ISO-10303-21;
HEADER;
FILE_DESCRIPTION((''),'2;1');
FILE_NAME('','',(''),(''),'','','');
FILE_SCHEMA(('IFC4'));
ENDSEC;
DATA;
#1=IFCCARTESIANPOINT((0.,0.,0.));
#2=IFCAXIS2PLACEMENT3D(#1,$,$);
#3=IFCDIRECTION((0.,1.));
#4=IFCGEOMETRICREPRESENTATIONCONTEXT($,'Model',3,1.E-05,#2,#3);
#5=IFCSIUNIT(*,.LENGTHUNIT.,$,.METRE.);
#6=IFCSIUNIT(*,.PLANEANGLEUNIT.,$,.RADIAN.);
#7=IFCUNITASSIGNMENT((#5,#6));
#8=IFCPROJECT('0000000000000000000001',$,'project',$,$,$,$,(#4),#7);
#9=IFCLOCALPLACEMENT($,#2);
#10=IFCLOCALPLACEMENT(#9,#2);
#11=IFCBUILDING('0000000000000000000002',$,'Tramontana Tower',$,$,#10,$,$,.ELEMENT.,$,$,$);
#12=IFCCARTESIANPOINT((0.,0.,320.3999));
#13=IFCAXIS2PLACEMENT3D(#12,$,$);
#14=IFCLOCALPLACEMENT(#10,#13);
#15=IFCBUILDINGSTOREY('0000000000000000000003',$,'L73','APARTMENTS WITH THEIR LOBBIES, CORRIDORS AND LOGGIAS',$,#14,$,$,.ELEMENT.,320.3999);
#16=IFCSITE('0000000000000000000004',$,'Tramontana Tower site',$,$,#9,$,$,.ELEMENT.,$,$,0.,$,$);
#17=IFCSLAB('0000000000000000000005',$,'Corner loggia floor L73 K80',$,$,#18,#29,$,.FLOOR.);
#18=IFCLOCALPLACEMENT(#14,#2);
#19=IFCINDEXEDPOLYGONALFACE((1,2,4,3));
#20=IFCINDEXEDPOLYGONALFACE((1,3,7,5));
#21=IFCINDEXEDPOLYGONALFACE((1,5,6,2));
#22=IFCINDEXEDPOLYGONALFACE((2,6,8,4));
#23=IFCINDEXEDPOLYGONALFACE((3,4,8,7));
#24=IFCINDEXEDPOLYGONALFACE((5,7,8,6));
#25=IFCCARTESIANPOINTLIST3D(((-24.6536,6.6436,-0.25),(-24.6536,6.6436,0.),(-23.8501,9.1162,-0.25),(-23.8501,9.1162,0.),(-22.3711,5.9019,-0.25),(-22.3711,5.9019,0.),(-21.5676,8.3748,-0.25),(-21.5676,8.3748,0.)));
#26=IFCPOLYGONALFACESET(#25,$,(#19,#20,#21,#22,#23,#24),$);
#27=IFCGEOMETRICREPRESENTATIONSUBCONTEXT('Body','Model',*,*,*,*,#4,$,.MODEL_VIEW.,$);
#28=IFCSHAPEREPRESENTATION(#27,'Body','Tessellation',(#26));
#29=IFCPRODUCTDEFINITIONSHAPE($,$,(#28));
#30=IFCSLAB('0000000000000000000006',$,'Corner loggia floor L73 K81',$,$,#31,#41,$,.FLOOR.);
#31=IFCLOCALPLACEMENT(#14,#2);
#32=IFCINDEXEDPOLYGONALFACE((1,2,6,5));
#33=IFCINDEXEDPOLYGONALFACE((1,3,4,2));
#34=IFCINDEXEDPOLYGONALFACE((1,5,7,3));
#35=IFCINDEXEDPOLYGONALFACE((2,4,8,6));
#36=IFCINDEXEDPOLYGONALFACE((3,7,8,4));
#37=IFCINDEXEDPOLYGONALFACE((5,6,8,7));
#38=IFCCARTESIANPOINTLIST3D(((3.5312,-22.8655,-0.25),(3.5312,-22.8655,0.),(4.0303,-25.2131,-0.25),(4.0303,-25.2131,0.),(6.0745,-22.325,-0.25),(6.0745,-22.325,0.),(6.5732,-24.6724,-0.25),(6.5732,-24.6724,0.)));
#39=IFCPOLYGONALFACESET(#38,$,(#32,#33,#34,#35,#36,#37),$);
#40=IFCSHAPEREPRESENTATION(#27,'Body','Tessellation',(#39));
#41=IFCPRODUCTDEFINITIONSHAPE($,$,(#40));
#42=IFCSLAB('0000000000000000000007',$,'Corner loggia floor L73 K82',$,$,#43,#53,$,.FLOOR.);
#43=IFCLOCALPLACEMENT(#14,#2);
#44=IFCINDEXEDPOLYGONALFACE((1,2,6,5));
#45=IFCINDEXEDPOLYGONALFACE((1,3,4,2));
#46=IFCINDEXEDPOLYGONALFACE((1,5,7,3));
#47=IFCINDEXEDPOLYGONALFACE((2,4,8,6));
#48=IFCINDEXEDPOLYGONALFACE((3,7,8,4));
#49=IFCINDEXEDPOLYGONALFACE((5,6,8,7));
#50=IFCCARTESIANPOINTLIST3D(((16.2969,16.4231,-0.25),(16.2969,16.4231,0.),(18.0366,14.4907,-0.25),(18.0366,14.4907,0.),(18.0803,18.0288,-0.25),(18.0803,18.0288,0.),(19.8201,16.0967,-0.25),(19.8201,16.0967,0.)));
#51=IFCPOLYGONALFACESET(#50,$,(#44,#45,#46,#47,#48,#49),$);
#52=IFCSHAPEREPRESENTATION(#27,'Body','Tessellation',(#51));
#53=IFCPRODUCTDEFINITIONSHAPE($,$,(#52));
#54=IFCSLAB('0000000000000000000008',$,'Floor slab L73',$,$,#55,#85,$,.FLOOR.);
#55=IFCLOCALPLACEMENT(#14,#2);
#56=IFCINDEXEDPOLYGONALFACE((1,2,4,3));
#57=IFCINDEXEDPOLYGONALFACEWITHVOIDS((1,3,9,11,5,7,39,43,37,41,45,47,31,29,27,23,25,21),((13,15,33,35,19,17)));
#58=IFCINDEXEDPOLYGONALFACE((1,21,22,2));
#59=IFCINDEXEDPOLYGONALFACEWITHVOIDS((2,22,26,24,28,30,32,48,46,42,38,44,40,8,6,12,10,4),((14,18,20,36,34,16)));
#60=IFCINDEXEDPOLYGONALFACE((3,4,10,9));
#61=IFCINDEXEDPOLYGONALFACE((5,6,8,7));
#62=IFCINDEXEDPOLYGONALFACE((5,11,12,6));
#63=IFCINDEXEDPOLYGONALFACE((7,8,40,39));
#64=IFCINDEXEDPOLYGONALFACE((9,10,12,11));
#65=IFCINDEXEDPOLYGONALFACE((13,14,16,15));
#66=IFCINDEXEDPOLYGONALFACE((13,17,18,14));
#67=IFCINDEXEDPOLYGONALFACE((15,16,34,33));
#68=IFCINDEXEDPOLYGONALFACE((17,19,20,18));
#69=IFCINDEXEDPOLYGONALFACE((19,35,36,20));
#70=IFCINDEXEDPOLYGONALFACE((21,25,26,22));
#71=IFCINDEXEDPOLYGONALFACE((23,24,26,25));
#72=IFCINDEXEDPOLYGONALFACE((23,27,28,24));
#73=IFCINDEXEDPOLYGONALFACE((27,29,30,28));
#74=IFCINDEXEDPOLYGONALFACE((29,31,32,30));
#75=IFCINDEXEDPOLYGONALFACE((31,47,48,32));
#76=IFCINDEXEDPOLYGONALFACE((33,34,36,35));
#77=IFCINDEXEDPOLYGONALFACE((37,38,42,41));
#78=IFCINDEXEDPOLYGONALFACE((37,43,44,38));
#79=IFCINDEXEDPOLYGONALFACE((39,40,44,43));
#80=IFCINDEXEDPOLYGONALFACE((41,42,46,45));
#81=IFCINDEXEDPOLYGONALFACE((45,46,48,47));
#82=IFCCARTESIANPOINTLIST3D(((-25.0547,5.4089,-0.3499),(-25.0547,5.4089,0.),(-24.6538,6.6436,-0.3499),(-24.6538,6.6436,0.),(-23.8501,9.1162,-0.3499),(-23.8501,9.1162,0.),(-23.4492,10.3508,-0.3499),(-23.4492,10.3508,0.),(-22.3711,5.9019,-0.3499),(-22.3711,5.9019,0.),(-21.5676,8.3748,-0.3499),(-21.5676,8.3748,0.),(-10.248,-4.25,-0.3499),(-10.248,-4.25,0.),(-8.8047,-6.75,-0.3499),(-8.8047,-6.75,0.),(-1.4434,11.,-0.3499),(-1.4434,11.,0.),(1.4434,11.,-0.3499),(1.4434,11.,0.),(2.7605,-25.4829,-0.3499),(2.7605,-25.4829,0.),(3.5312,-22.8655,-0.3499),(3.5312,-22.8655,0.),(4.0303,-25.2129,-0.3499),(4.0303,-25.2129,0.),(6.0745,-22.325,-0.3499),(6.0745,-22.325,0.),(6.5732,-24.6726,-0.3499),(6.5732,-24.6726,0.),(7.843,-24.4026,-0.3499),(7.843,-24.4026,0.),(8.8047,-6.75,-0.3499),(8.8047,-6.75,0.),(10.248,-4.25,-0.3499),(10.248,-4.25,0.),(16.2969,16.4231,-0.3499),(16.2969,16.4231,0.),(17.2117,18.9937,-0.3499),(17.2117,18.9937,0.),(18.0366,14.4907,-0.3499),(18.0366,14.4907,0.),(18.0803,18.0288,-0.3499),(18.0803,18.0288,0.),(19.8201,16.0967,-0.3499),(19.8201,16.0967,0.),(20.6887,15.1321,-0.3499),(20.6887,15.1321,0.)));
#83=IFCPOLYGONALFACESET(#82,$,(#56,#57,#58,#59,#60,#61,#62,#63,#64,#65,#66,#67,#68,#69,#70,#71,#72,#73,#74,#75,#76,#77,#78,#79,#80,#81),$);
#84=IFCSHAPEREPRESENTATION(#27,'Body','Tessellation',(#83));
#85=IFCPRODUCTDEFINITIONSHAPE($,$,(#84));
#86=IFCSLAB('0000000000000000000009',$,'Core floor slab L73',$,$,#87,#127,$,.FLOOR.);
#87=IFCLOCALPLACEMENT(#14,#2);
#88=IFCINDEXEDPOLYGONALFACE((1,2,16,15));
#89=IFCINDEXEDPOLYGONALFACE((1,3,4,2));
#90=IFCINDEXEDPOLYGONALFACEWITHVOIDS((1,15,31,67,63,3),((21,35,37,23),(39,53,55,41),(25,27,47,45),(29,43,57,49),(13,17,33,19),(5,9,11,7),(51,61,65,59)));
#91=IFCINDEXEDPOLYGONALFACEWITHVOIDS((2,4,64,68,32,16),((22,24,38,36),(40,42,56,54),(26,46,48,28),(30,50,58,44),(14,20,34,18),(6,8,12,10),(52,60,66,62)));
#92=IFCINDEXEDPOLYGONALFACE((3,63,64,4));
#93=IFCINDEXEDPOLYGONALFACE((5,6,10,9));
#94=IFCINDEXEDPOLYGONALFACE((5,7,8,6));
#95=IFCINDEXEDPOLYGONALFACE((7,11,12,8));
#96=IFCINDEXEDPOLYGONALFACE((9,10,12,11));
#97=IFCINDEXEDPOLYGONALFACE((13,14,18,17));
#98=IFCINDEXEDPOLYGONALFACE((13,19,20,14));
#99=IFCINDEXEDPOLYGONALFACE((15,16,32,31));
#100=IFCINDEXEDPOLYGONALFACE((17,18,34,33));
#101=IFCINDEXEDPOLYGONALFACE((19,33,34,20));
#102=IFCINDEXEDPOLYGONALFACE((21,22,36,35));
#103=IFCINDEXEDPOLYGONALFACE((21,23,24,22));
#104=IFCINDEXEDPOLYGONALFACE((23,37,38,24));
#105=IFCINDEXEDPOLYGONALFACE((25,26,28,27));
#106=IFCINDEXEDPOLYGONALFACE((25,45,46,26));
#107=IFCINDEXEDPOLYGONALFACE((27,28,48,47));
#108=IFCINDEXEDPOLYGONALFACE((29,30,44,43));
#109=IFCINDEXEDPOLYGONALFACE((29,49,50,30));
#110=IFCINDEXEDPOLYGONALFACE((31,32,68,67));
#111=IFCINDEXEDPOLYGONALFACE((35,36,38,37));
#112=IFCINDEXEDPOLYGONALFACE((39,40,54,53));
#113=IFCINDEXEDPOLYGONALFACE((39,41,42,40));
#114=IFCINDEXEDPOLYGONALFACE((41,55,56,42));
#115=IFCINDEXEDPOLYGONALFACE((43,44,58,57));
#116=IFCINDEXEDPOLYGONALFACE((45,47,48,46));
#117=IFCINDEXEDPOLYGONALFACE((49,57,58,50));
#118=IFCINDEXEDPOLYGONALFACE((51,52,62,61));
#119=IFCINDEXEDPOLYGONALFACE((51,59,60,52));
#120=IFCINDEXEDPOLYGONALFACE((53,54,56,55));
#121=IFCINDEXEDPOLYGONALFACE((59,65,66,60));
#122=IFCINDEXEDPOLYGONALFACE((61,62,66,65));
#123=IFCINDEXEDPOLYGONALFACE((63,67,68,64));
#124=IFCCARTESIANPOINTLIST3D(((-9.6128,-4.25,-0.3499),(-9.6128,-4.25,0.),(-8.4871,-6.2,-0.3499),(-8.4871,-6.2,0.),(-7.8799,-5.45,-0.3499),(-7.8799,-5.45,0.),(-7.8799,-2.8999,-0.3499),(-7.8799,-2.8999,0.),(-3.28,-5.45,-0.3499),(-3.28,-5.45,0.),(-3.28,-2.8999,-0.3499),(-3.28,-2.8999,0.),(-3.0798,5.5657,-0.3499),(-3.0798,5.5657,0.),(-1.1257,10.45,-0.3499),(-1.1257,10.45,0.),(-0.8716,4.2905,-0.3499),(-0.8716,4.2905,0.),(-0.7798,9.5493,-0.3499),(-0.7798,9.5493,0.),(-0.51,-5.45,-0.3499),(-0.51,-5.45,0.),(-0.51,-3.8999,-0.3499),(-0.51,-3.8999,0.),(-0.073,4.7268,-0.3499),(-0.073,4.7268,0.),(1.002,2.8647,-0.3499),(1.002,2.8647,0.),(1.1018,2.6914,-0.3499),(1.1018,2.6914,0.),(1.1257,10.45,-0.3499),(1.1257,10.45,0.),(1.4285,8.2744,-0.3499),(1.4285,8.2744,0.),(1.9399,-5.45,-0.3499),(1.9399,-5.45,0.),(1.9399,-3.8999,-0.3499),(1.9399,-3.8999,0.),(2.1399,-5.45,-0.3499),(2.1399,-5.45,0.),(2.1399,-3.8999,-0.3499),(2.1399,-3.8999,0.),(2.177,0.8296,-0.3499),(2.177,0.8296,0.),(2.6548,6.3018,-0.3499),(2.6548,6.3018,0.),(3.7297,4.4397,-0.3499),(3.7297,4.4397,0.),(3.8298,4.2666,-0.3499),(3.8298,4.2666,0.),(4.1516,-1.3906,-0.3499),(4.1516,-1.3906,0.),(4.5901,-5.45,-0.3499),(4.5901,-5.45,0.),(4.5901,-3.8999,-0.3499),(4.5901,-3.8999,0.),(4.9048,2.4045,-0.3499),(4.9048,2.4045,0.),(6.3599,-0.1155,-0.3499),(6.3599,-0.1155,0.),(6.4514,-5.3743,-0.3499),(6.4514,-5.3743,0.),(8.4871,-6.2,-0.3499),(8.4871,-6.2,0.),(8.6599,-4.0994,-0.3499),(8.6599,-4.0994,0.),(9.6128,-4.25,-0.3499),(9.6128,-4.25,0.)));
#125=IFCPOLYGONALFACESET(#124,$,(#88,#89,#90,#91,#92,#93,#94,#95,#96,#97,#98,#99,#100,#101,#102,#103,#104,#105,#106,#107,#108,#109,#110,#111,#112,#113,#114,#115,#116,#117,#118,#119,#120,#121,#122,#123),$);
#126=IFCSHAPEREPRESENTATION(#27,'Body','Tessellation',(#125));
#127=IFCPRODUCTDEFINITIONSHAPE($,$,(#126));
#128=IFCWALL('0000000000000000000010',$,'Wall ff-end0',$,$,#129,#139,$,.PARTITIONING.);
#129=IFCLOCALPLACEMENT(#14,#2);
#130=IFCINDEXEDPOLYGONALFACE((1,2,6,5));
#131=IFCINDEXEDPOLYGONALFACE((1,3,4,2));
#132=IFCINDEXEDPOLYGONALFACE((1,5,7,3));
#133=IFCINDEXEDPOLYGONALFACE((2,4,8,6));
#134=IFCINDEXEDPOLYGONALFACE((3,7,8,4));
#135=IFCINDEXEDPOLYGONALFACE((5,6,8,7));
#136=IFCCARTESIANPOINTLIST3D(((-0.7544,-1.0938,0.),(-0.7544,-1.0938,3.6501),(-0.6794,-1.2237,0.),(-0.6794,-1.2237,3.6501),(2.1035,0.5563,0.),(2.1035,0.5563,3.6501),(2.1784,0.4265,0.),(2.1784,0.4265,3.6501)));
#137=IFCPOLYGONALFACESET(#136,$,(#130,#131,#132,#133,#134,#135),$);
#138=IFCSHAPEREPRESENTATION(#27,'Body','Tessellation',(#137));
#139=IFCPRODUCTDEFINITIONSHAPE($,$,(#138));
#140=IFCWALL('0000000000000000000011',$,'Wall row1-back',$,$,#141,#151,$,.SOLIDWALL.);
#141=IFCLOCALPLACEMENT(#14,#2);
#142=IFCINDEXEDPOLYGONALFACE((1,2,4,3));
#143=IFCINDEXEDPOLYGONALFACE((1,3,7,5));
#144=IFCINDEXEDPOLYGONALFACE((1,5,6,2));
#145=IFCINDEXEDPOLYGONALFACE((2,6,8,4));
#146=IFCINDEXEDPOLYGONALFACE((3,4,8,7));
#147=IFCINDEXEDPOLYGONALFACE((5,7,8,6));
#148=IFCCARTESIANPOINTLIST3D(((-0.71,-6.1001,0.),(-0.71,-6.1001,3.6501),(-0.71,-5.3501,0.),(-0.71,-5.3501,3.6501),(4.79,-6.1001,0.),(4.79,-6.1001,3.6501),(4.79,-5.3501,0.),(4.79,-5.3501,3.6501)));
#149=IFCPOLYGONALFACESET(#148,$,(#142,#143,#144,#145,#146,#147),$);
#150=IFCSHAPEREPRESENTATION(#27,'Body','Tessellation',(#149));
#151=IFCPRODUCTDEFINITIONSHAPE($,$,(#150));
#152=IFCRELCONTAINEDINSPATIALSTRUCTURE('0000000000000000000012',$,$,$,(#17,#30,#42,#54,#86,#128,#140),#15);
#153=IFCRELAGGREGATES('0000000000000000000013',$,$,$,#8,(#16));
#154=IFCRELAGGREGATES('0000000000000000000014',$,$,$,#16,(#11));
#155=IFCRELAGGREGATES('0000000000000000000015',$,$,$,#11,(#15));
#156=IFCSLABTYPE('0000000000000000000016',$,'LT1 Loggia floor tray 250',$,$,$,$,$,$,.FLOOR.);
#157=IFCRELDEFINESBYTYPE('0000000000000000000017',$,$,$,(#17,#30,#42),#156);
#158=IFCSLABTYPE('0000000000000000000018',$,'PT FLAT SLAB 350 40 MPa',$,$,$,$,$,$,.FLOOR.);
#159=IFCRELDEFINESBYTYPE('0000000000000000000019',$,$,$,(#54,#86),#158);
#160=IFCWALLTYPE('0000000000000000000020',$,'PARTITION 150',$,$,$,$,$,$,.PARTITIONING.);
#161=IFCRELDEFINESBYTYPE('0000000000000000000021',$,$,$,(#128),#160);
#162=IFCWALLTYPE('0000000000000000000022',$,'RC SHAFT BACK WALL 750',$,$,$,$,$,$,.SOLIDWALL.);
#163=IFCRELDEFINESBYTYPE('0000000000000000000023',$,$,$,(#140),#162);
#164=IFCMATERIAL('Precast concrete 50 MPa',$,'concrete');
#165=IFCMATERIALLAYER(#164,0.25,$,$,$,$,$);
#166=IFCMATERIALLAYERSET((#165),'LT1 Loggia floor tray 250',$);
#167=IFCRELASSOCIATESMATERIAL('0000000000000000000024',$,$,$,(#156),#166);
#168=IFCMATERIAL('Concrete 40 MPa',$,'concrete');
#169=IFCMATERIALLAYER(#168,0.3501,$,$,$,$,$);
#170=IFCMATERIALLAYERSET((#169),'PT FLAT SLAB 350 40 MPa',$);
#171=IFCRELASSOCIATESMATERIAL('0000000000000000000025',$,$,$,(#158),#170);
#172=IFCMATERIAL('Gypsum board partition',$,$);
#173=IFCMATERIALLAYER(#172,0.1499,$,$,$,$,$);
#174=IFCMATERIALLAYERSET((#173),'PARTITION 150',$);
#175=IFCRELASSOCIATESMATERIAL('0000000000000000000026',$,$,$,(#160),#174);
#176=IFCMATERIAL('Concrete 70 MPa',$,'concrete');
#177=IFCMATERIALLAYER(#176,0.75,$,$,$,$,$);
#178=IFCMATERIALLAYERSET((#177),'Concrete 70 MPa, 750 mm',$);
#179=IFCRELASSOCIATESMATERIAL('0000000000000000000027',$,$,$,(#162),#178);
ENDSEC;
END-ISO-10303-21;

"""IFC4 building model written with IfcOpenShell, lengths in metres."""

from ifc_helpers import new_model, si_unit, direction, frame, frame_2d, origin, place, context, subcontext, project, spatial, polyline, rectangle, outline, extrude, material, layer, layer_set, type_object, element, save


model = new_model("IFC4")

# Units and contexts
model_context = context("Model", 3, precision=1e-05, world=origin(), true_north=direction((0.0, 1.0)))
body_context = subcontext(model_context, "Body", "Model", "MODEL_VIEW")
ifc_project = project(units=[si_unit("LENGTHUNIT", "METRE"), si_unit("PLANEANGLEUNIT", "RADIAN")], contexts=[model_context])

# Site, building, storey
site_placement = place(None, origin())
site = spatial("IfcSite", under=ifc_project, at=site_placement, Name="Tramontana Tower site", CompositionType="ELEMENT", RefElevation=0.0)
building_placement = place(site_placement, origin())
building = spatial("IfcBuilding", under=site, at=building_placement, Name="Tramontana Tower", CompositionType="ELEMENT")
storey_placement = place(building_placement, frame((0.0, 0.0, 320.3999)))
storey = spatial("IfcBuildingStorey", under=building, at=storey_placement, Name="L73", Description="APARTMENTS WITH THEIR LOBBIES, CORRIDORS AND LOGGIAS", CompositionType="ELEMENT", Elevation=320.3999)

# Slabs
ifc_material_1 = material(Name="Precast concrete 50 MPa", Category="concrete")
ifc_layer_1 = layer(ifc_material_1, 0.25)
ifc_layer_set_1 = layer_set([ifc_layer_1], Name="LT1 Loggia floor tray 250")
slab_type_1 = type_object("IfcSlabType", Name="LT1 Loggia floor tray 250", PredefinedType="FLOOR", material=ifc_layer_set_1)
slab_1_placement = place(storey_placement, frame((0.0, 0.0, -0.25)))
element("IfcSlab", 1, at=slab_1_placement, inside=storey, type_object=slab_type_1, Name="Corner loggia floor L73 K80", PredefinedType="FLOOR", context=body_context, shape_type="SweptSolid", body=[
    extrude(outline(polyline([(-23.8501, 9.1162), (-21.5676, 8.3748), (-22.3711, 5.9019), (-24.6536, 6.6436), (-23.8501, 9.1162)])), origin(), (0.0, 0.0, 1.0), 0.25),
])
slab_2_placement = place(storey_placement, frame((0.0, 0.0, -0.25)))
element("IfcSlab", 2, at=slab_2_placement, inside=storey, type_object=slab_type_1, Name="Corner loggia floor L73 K81", PredefinedType="FLOOR", context=body_context, shape_type="SweptSolid", body=[
    extrude(outline(polyline([(4.0303, -25.2131), (3.5312, -22.8655), (6.0745, -22.325), (6.5732, -24.6724), (4.0303, -25.2131)])), origin(), (0.0, 0.0, 1.0), 0.25),
])
slab_3_placement = place(storey_placement, frame((0.0, 0.0, -0.25)))
element("IfcSlab", 3, at=slab_3_placement, inside=storey, type_object=slab_type_1, Name="Corner loggia floor L73 K82", PredefinedType="FLOOR", context=body_context, shape_type="SweptSolid", body=[
    extrude(outline(polyline([(19.8201, 16.0967), (18.0366, 14.4907), (16.2969, 16.4231), (18.0803, 18.0288), (19.8201, 16.0967)])), origin(), (0.0, 0.0, 1.0), 0.25),
])
ifc_material_2 = material(Name="Concrete 40 MPa", Category="concrete")
ifc_layer_2 = layer(ifc_material_2, 0.3501)
ifc_layer_set_2 = layer_set([ifc_layer_2], Name="PT FLAT SLAB 350 40 MPa")
slab_type_2 = type_object("IfcSlabType", Name="PT FLAT SLAB 350 40 MPa", PredefinedType="FLOOR", material=ifc_layer_set_2)
slab_4_placement = place(storey_placement, frame((0.0, 0.0, -0.3499)))
element("IfcSlab", 4, at=slab_4_placement, inside=storey, type_object=slab_type_2, Name="Floor slab L73", PredefinedType="FLOOR", context=body_context, shape_type="SweptSolid", body=[
    extrude(outline(polyline([(18.0803, 18.0288), (16.2969, 16.4231), (18.0366, 14.4907), (19.8201, 16.0967), (20.6887, 15.1321), (7.843, -24.4026), (6.5732, -24.6726), (6.0745, -22.325), (3.5312, -22.8655), (4.0303, -25.2129), (2.7605, -25.4829), (-25.0547, 5.4089), (-24.6538, 6.6436), (-22.3711, 5.9019), (-21.5676, 8.3748), (-23.8501, 9.1162), (-23.4492, 10.3508), (17.2117, 18.9937), (18.0803, 18.0288)]), holes=[polyline([(-10.248, -4.25), (-8.8047, -6.75), (8.8047, -6.75), (10.248, -4.25), (1.4434, 11.0), (-1.4434, 11.0), (-10.248, -4.25)])]), origin(), (0.0, 0.0, 1.0), 0.3499),
])
slab_5_placement = place(storey_placement, frame((0.0, 0.0, -0.3499)))
element("IfcSlab", 5, at=slab_5_placement, inside=storey, type_object=slab_type_2, Name="Core floor slab L73", PredefinedType="FLOOR", context=body_context, shape_type="SweptSolid", body=[
    extrude(outline(polyline([(9.6128, -4.25), (8.4871, -6.2), (-8.4871, -6.2), (-9.6128, -4.25), (-1.1257, 10.45), (1.1257, 10.45), (9.6128, -4.25)]), holes=[polyline([(8.6599, -4.0994), (6.3599, -0.1155), (4.1516, -1.3906), (6.4514, -5.3743), (8.6599, -4.0994)]), polyline([(3.8298, 4.2666), (1.1018, 2.6914), (2.177, 0.8296), (4.9048, 2.4045), (3.8298, 4.2666)]), polyline([(4.5901, -3.8999), (2.1399, -3.8999), (2.1399, -5.45), (4.5901, -5.45), (4.5901, -3.8999)]), polyline([(2.6548, 6.3018), (-0.073, 4.7268), (1.002, 2.8647), (3.7297, 4.4397), (2.6548, 6.3018)]), polyline([(1.9399, -5.45), (1.9399, -3.8999), (-0.51, -3.8999), (-0.51, -5.45), (1.9399, -5.45)]), polyline([(-0.7798, 9.5493), (-3.0798, 5.5657), (-0.8716, 4.2905), (1.4285, 8.2744), (-0.7798, 9.5493)]), polyline([(-7.8799, -5.45), (-3.28, -5.45), (-3.28, -2.8999), (-7.8799, -2.8999), (-7.8799, -5.45)])]), origin(), (0.0, 0.0, 1.0), 0.3499),
])

# Shared definitions
ifc_material_3 = material(Name="Gypsum board partition")
ifc_layer_3 = layer(ifc_material_3, 0.1499)
ifc_layer_set_3 = layer_set([ifc_layer_3], Name="PARTITION 150")
wall_type_1 = type_object("IfcWallType", Name="PARTITION 150", PredefinedType="PARTITIONING", material=ifc_layer_set_3)

# Walls
wall_1_placement = place(storey_placement, frame((-0.7168, -1.1587, 0.0), z_axis=(0.0, 0.0, 1.0), x_axis=(0.866008, 0.50003, 0.0)))
element("IfcWall", 6, at=wall_1_placement, inside=storey, type_object=wall_type_1, Name="Wall ff-end0", PredefinedType="PARTITIONING", context=body_context, shape_type="SweptSolid", body=[
    extrude(rectangle(XDim=3.3, YDim=0.1499, at=frame_2d((1.6499, 0.0))), origin(), (0.0, 0.0, 1.0), 3.6501),
])
ifc_material_4 = material(Name="Concrete 70 MPa", Category="concrete")
ifc_layer_4 = layer(ifc_material_4, 0.75)
ifc_layer_set_4 = layer_set([ifc_layer_4], Name="Concrete 70 MPa, 750 mm")
wall_type_2 = type_object("IfcWallType", Name="RC SHAFT BACK WALL 750", PredefinedType="SOLIDWALL", material=ifc_layer_set_4)
wall_2_placement = place(storey_placement, frame((-0.71, -5.7251, 0.0), z_axis=(0.0, 0.0, 1.0), x_axis=(1.0, 0.0, 0.0)))
element("IfcWall", 7, at=wall_2_placement, inside=storey, type_object=wall_type_2, Name="Wall row1-back", PredefinedType="SOLIDWALL", context=body_context, shape_type="SweptSolid", body=[
    extrude(rectangle(XDim=5.5, YDim=0.75, at=frame_2d((2.75, 0.0))), origin(), (0.0, 0.0, 1.0), 3.6501),
])

save(model, "model.ifc")
